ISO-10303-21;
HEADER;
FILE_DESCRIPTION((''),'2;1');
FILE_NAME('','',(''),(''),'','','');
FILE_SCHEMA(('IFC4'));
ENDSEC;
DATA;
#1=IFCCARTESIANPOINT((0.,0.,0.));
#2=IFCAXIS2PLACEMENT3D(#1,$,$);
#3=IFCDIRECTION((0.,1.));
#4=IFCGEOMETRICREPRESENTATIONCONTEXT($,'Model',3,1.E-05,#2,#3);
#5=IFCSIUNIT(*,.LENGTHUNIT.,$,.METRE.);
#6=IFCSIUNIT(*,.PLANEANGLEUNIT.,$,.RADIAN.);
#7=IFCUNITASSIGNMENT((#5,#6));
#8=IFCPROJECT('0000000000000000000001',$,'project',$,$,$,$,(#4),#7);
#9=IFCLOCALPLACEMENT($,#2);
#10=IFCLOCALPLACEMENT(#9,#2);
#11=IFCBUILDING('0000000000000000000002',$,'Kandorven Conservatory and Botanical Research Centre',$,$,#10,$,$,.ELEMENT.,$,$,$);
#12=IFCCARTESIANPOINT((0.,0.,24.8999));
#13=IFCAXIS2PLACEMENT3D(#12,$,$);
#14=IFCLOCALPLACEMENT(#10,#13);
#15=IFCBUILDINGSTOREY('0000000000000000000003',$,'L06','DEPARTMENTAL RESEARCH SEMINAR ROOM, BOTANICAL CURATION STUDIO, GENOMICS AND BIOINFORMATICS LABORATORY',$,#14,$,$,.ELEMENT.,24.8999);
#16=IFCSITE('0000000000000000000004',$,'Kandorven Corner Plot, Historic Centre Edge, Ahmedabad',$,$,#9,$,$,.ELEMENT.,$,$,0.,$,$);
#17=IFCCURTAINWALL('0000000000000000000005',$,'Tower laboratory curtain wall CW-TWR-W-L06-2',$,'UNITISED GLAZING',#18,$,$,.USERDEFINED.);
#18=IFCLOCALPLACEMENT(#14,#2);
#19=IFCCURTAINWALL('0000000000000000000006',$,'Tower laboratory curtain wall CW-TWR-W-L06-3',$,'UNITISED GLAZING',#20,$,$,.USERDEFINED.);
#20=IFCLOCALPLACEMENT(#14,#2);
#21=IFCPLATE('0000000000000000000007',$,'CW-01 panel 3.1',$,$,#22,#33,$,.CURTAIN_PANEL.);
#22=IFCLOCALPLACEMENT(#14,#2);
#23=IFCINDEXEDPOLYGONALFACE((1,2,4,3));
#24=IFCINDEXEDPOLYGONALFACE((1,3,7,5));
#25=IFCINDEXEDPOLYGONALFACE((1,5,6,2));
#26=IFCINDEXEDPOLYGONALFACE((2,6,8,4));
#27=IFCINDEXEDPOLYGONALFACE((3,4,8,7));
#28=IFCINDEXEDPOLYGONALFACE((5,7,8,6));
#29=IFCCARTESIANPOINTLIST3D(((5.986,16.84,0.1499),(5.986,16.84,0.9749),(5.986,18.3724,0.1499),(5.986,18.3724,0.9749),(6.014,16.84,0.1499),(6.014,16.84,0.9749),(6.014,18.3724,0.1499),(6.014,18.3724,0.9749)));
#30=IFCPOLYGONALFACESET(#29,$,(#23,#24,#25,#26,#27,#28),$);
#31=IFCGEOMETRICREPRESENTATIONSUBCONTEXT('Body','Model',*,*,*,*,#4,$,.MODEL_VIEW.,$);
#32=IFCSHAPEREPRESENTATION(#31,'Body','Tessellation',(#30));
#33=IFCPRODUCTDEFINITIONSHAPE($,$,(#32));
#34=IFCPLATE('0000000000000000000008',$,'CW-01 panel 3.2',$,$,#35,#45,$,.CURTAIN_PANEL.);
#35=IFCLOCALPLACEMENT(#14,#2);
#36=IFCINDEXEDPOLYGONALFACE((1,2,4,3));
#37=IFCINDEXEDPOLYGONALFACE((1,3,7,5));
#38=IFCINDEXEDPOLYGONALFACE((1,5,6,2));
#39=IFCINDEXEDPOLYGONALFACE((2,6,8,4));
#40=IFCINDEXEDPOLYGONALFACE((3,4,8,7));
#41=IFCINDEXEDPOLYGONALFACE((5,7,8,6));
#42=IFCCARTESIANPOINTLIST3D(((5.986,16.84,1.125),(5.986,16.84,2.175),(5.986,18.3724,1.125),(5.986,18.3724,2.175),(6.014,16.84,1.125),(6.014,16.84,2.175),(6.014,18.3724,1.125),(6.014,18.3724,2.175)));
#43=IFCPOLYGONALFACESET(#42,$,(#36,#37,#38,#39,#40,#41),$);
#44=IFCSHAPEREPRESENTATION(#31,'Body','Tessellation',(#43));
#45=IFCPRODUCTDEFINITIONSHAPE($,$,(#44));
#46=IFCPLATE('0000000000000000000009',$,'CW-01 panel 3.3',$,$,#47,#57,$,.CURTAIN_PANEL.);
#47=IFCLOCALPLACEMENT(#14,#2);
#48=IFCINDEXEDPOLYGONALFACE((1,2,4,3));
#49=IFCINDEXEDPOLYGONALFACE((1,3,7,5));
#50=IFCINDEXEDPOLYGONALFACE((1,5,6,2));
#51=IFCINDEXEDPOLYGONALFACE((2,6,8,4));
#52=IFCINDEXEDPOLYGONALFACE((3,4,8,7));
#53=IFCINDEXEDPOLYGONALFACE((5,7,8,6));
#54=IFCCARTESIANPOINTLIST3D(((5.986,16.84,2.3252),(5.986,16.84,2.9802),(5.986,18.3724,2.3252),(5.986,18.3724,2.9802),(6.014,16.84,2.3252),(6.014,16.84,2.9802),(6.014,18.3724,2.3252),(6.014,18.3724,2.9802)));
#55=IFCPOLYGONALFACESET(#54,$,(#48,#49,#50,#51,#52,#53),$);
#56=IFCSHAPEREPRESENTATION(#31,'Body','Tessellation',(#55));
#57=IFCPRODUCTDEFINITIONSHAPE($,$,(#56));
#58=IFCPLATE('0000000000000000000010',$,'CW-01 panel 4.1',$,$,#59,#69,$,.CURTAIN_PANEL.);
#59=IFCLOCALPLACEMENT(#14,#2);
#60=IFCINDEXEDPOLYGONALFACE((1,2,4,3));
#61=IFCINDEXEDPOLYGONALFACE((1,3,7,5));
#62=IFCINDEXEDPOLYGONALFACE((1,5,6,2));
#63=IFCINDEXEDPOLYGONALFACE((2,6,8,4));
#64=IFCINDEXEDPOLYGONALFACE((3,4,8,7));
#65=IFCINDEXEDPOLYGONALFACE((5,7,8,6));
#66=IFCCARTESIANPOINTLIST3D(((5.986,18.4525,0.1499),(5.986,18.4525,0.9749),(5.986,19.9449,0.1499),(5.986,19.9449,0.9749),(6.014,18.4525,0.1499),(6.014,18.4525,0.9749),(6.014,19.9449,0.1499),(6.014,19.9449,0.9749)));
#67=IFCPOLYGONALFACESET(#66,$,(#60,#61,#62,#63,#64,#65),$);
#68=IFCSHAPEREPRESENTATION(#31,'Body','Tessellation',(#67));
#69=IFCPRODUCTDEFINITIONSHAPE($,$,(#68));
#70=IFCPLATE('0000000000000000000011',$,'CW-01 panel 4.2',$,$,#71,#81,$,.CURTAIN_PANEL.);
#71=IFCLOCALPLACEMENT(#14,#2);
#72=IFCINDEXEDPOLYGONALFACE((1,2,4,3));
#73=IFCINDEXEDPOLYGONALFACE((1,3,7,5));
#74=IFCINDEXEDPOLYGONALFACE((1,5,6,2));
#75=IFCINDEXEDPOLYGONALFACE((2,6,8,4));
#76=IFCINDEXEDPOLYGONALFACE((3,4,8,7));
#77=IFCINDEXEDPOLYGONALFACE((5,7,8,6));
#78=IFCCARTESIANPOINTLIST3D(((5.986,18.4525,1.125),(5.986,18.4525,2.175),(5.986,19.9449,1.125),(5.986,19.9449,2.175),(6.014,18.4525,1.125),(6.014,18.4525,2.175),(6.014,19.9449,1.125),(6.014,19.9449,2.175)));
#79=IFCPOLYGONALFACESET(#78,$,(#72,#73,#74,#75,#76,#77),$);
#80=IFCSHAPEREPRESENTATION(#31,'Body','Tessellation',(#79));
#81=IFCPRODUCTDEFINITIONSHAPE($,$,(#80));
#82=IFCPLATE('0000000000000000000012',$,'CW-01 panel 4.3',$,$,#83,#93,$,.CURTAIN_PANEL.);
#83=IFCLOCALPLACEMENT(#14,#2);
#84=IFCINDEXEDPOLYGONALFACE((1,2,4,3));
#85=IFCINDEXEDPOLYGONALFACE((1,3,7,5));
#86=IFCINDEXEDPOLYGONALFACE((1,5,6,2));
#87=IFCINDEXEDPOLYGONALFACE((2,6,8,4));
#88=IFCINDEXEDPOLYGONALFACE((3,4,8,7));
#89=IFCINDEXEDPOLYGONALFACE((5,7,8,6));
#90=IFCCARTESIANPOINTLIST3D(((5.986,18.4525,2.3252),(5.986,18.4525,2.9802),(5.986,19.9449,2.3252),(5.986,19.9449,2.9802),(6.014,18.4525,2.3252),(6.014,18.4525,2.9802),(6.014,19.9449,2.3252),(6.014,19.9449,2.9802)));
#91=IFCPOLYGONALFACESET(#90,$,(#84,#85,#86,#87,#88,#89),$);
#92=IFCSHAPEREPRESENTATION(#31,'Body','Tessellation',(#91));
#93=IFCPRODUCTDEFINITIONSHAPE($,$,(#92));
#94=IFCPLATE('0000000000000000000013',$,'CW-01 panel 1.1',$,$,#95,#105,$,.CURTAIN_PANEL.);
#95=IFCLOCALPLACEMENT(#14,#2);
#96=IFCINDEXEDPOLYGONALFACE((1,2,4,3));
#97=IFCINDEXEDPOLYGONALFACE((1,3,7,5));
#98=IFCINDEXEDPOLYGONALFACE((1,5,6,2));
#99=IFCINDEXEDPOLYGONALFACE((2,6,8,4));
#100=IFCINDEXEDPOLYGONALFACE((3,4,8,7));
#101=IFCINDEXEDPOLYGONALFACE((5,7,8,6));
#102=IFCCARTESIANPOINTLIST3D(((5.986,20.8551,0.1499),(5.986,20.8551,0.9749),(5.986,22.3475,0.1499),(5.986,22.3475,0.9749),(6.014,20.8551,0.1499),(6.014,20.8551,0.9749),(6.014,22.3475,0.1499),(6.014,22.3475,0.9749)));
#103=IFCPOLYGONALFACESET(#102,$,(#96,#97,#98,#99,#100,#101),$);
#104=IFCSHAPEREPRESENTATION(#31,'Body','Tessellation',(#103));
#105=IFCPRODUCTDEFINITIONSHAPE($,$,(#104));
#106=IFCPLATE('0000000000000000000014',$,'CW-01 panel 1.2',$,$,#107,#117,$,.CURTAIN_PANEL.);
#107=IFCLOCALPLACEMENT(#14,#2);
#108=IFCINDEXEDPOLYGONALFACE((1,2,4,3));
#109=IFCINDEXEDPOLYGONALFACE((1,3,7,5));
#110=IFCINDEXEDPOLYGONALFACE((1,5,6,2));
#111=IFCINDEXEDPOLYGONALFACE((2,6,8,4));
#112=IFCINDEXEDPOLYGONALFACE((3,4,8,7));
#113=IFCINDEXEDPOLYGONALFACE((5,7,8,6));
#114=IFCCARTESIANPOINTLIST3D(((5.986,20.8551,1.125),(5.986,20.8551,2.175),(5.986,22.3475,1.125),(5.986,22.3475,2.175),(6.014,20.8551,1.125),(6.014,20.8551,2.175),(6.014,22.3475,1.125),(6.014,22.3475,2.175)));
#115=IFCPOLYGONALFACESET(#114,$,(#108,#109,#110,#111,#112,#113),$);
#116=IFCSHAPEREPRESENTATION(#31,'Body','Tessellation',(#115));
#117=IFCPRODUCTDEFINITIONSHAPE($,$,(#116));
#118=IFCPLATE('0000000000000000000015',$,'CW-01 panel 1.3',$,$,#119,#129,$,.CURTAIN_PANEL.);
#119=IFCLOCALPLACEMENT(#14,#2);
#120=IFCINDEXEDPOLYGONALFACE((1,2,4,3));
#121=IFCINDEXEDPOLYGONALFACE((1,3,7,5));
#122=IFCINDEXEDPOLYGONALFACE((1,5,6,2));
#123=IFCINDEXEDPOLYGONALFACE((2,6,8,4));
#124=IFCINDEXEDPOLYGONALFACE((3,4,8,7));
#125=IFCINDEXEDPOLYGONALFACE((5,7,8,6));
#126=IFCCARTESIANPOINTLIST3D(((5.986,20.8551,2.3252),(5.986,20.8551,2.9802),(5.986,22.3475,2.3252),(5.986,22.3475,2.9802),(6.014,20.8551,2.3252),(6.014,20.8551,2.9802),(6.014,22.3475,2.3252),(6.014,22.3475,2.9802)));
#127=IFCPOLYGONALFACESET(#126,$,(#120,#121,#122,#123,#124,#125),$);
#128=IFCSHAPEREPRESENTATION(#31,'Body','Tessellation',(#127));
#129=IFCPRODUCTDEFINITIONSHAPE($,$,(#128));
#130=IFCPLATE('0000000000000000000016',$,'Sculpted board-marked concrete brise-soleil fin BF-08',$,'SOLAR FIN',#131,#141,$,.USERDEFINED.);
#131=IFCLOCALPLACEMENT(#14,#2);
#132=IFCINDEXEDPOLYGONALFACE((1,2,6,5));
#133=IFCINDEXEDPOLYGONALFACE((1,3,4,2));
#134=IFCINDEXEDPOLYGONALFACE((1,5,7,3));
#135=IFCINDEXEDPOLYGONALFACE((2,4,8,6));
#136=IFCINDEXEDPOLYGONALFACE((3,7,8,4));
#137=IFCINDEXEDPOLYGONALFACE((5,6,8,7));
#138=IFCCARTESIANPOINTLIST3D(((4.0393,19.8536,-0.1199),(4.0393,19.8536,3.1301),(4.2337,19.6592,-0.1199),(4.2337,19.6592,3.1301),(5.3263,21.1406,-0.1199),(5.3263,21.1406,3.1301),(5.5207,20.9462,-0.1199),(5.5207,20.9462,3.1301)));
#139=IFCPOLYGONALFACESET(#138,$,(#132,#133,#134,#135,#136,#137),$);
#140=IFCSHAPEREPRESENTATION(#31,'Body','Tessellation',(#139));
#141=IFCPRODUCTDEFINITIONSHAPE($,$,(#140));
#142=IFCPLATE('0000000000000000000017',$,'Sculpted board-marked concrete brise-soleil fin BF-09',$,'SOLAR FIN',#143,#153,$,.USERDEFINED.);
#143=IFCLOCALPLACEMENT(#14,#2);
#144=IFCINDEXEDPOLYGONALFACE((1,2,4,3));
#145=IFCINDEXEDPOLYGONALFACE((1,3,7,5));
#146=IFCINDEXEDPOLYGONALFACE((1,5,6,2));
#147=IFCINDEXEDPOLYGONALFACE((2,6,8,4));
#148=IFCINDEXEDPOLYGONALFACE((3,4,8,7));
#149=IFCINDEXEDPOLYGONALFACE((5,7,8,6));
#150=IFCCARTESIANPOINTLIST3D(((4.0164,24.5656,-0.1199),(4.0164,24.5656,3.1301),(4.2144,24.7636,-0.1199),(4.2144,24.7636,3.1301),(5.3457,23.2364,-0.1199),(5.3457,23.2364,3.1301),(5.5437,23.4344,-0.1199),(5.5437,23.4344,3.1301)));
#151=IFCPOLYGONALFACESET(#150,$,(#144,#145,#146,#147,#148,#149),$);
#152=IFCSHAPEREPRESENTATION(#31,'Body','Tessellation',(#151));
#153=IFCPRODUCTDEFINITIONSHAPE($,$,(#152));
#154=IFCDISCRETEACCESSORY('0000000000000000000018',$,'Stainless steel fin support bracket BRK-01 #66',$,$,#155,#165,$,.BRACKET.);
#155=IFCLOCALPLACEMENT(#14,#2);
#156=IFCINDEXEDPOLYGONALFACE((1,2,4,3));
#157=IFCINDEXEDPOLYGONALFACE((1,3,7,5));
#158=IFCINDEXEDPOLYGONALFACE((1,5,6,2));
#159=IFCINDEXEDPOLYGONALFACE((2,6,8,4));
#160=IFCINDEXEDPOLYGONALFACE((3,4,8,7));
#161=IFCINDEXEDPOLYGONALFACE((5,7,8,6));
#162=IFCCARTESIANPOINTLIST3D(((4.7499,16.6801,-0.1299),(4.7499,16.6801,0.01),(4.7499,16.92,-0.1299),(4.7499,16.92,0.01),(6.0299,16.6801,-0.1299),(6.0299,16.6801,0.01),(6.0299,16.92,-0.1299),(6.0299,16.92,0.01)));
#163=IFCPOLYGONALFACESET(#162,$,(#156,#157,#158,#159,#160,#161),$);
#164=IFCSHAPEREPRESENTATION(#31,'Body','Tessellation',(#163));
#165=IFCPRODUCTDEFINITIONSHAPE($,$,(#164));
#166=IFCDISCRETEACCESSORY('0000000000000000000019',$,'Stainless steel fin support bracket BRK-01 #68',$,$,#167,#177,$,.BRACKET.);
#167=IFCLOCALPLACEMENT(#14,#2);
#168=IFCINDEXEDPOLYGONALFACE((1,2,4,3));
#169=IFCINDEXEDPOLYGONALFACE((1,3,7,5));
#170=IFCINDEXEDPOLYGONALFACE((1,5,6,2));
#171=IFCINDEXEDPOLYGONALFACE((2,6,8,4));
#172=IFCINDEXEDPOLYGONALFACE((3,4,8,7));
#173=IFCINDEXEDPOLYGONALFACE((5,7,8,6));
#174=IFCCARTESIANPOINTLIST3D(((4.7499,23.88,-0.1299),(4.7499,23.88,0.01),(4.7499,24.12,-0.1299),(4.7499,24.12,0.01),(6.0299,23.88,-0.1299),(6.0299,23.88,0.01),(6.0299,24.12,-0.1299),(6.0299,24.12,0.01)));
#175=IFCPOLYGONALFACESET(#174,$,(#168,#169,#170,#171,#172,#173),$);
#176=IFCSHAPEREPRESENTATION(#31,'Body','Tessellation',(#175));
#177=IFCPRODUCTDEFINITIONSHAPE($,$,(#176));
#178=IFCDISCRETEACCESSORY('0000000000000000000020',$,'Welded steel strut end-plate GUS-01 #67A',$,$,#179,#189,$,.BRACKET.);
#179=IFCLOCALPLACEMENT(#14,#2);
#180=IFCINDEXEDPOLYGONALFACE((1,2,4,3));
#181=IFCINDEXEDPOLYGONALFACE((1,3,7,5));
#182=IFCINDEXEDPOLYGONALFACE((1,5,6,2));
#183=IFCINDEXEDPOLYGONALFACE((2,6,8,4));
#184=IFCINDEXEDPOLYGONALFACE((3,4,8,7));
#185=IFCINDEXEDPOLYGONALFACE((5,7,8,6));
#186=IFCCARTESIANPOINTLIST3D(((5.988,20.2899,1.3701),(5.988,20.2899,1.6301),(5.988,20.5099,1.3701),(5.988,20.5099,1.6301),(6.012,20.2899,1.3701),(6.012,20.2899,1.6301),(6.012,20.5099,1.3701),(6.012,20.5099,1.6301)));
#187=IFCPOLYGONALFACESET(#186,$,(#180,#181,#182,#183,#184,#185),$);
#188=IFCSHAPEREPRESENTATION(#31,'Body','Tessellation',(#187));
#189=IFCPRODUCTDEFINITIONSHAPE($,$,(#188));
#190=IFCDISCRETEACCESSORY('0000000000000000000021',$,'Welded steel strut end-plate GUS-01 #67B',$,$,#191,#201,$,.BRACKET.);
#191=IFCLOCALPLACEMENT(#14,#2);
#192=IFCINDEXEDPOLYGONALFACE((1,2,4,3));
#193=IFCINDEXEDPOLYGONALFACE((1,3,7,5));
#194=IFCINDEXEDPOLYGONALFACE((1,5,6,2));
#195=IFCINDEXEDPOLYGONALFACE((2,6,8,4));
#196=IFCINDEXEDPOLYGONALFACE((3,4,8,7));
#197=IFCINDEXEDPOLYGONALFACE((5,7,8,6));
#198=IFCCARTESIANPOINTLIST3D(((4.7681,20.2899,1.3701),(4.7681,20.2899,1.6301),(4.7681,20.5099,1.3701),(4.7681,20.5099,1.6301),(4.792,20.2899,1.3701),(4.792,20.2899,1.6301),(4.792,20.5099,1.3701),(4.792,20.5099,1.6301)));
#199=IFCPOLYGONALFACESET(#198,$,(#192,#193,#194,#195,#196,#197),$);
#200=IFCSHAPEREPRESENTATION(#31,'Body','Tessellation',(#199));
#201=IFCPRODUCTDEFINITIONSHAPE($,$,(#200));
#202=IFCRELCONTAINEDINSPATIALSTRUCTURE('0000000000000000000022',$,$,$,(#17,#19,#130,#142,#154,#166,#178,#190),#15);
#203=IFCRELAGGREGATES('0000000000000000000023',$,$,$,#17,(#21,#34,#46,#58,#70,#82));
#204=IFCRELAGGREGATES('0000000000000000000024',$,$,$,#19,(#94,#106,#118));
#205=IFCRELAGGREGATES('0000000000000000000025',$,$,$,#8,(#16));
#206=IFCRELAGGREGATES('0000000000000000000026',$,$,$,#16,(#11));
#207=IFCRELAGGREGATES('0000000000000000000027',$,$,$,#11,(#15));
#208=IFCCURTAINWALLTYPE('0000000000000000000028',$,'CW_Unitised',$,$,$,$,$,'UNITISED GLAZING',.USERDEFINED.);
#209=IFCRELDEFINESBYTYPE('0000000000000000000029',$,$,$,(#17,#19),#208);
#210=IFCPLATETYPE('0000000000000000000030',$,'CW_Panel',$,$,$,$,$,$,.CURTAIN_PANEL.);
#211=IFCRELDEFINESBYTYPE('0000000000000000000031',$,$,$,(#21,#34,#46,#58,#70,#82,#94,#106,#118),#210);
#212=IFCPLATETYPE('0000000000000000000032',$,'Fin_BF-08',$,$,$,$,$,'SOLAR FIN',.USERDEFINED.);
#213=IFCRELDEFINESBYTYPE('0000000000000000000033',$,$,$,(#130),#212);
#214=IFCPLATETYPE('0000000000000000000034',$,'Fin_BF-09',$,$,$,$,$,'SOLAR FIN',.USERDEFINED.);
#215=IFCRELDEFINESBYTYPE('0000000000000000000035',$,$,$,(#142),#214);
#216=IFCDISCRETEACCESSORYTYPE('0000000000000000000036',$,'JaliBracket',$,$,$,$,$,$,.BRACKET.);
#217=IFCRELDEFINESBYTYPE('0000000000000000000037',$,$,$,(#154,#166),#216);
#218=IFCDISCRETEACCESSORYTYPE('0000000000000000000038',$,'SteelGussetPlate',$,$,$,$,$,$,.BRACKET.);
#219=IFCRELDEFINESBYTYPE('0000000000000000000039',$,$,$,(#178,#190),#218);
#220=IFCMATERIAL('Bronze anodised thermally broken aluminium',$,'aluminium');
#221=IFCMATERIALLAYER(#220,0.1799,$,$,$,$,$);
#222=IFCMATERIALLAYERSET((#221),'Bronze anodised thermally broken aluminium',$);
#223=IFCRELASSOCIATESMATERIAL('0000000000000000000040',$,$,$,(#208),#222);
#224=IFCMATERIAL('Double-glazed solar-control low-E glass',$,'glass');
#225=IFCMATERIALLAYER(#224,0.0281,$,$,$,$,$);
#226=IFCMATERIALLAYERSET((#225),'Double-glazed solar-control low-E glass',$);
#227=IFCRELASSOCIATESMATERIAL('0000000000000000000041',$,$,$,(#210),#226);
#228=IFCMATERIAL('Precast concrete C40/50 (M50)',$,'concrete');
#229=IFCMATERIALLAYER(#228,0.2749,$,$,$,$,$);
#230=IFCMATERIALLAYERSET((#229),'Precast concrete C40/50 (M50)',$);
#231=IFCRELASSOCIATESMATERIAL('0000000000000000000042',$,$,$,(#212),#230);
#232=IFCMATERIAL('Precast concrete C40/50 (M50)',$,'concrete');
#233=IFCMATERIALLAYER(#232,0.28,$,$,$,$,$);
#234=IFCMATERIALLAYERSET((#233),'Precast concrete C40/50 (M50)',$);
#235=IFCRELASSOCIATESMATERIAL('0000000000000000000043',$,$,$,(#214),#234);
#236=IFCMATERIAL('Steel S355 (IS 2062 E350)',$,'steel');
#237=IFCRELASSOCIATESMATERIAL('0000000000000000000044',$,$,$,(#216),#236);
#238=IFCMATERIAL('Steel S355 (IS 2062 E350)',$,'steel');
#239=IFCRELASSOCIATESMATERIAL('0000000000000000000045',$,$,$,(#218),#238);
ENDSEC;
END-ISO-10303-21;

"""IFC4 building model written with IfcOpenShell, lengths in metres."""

from ifc_helpers import new_model, si_unit, direction, frame, origin, origin_2d, place, context, subcontext, project, spatial, rectangle, extrude, material, layer, layer_set, type_object, element, aggregate, save


model = new_model("IFC4")

# Units and contexts
model_context = context("Model", 3, precision=1e-05, world=origin(), true_north=direction((0.0, 1.0)))
body_context = subcontext(model_context, "Body", "Model", "MODEL_VIEW")
ifc_project = project(units=[si_unit("LENGTHUNIT", "METRE"), si_unit("PLANEANGLEUNIT", "RADIAN")], contexts=[model_context])

# Site, building, storey
site_placement = place(None, origin())
site = spatial("IfcSite", under=ifc_project, at=site_placement, Name="Kandorven Corner Plot, Historic Centre Edge, Ahmedabad", CompositionType="ELEMENT", RefElevation=0.0)
building_placement = place(site_placement, origin())
building = spatial("IfcBuilding", under=site, at=building_placement, Name="Kandorven Conservatory and Botanical Research Centre", CompositionType="ELEMENT")
storey_placement = place(building_placement, frame((0.0, 0.0, 24.8999)))
storey = spatial("IfcBuildingStorey", under=building, at=storey_placement, Name="L06", Description="DEPARTMENTAL RESEARCH SEMINAR ROOM, BOTANICAL CURATION STUDIO, GENOMICS AND BIOINFORMATICS LABORATORY", CompositionType="ELEMENT", Elevation=24.8999)

# Curtain walls
ifc_material_1 = material(Name="Bronze anodised thermally broken aluminium", Category="aluminium")
ifc_layer_1 = layer(ifc_material_1, 0.1799)
ifc_layer_set_1 = layer_set([ifc_layer_1], Name="Bronze anodised thermally broken aluminium")
curtain_wall_type = type_object("IfcCurtainWallType", Name="CW_Unitised", ElementType="UNITISED GLAZING", PredefinedType="USERDEFINED", material=ifc_layer_set_1)
curtain_wall_1_placement = place(storey_placement, origin())
curtain_wall_1 = element("IfcCurtainWall", 1, at=curtain_wall_1_placement, inside=storey, type_object=curtain_wall_type, Name="Tower laboratory curtain wall CW-TWR-W-L06-2", ObjectType="UNITISED GLAZING", PredefinedType="USERDEFINED")
curtain_wall_2_placement = place(storey_placement, origin())
curtain_wall_2 = element("IfcCurtainWall", 2, at=curtain_wall_2_placement, inside=storey, type_object=curtain_wall_type, Name="Tower laboratory curtain wall CW-TWR-W-L06-3", ObjectType="UNITISED GLAZING", PredefinedType="USERDEFINED")

# Plates
ifc_material_2 = material(Name="Double-glazed solar-control low-E glass", Category="glass")
ifc_layer_2 = layer(ifc_material_2, 0.0281)
ifc_layer_set_2 = layer_set([ifc_layer_2], Name="Double-glazed solar-control low-E glass")
plate_type_1 = type_object("IfcPlateType", Name="CW_Panel", PredefinedType="CURTAIN_PANEL", material=ifc_layer_set_2)
plate_1_placement = place(storey_placement, frame((6.0, 17.6062, 0.1499), z_axis=(0.0, 0.0, 1.0), x_axis=(0.0, 1.0, 0.0)))
plate_1 = element("IfcPlate", 3, at=plate_1_placement, type_object=plate_type_1, Name="CW-01 panel 3.1", PredefinedType="CURTAIN_PANEL", context=body_context, shape_type="SweptSolid", body=[
    extrude(rectangle(XDim=1.5325, YDim=0.0281, at=origin_2d()), origin(), (0.0, 0.0, 1.0), 0.825),
])
plate_2_placement = place(storey_placement, frame((6.0, 17.6062, 1.125), z_axis=(0.0, 0.0, 1.0), x_axis=(0.0, 1.0, 0.0)))
plate_2 = element("IfcPlate", 4, at=plate_2_placement, type_object=plate_type_1, Name="CW-01 panel 3.2", PredefinedType="CURTAIN_PANEL", context=body_context, shape_type="SweptSolid", body=[
    extrude(rectangle(XDim=1.5325, YDim=0.0281, at=origin_2d()), origin(), (0.0, 0.0, 1.0), 1.05),
])
plate_3_placement = place(storey_placement, frame((6.0, 17.6062, 2.3252), z_axis=(0.0, 0.0, 1.0), x_axis=(0.0, 1.0, 0.0)))
plate_3 = element("IfcPlate", 5, at=plate_3_placement, type_object=plate_type_1, Name="CW-01 panel 3.3", PredefinedType="CURTAIN_PANEL", context=body_context, shape_type="SweptSolid", body=[
    extrude(rectangle(XDim=1.5325, YDim=0.0281, at=origin_2d()), origin(), (0.0, 0.0, 1.0), 0.655),
])
plate_4_placement = place(storey_placement, frame((6.0, 19.1987, 0.1499), z_axis=(0.0, 0.0, 1.0), x_axis=(0.0, 1.0, 0.0)))
plate_4 = element("IfcPlate", 6, at=plate_4_placement, type_object=plate_type_1, Name="CW-01 panel 4.1", PredefinedType="CURTAIN_PANEL", context=body_context, shape_type="SweptSolid", body=[
    extrude(rectangle(XDim=1.4924, YDim=0.0281, at=origin_2d()), origin(), (0.0, 0.0, 1.0), 0.825),
])
plate_5_placement = place(storey_placement, frame((6.0, 19.1987, 1.125), z_axis=(0.0, 0.0, 1.0), x_axis=(0.0, 1.0, 0.0)))
plate_5 = element("IfcPlate", 7, at=plate_5_placement, type_object=plate_type_1, Name="CW-01 panel 4.2", PredefinedType="CURTAIN_PANEL", context=body_context, shape_type="SweptSolid", body=[
    extrude(rectangle(XDim=1.4924, YDim=0.0281, at=origin_2d()), origin(), (0.0, 0.0, 1.0), 1.05),
])
plate_6_placement = place(storey_placement, frame((6.0, 19.1987, 2.3252), z_axis=(0.0, 0.0, 1.0), x_axis=(0.0, 1.0, 0.0)))
plate_6 = element("IfcPlate", 8, at=plate_6_placement, type_object=plate_type_1, Name="CW-01 panel 4.3", PredefinedType="CURTAIN_PANEL", context=body_context, shape_type="SweptSolid", body=[
    extrude(rectangle(XDim=1.4924, YDim=0.0281, at=origin_2d()), origin(), (0.0, 0.0, 1.0), 0.655),
])
aggregate(curtain_wall_1, [plate_1, plate_2, plate_3, plate_4, plate_5, plate_6])
plate_7_placement = place(storey_placement, frame((6.0, 21.6013, 0.1499), z_axis=(0.0, 0.0, 1.0), x_axis=(0.0, 1.0, 0.0)))
plate_7 = element("IfcPlate", 9, at=plate_7_placement, type_object=plate_type_1, Name="CW-01 panel 1.1", PredefinedType="CURTAIN_PANEL", context=body_context, shape_type="SweptSolid", body=[
    extrude(rectangle(XDim=1.4924, YDim=0.0281, at=origin_2d()), origin(), (0.0, 0.0, 1.0), 0.825),
])
plate_8_placement = place(storey_placement, frame((6.0, 21.6013, 1.125), z_axis=(0.0, 0.0, 1.0), x_axis=(0.0, 1.0, 0.0)))
plate_8 = element("IfcPlate", 10, at=plate_8_placement, type_object=plate_type_1, Name="CW-01 panel 1.2", PredefinedType="CURTAIN_PANEL", context=body_context, shape_type="SweptSolid", body=[
    extrude(rectangle(XDim=1.4924, YDim=0.0281, at=origin_2d()), origin(), (0.0, 0.0, 1.0), 1.05),
])
plate_9_placement = place(storey_placement, frame((6.0, 21.6013, 2.3252), z_axis=(0.0, 0.0, 1.0), x_axis=(0.0, 1.0, 0.0)))
plate_9 = element("IfcPlate", 11, at=plate_9_placement, type_object=plate_type_1, Name="CW-01 panel 1.3", PredefinedType="CURTAIN_PANEL", context=body_context, shape_type="SweptSolid", body=[
    extrude(rectangle(XDim=1.4924, YDim=0.0281, at=origin_2d()), origin(), (0.0, 0.0, 1.0), 0.655),
])
aggregate(curtain_wall_2, [plate_7, plate_8, plate_9])

# Plates
ifc_material_3 = material(Name="Precast concrete C40/50 (M50)", Category="concrete")
ifc_layer_3 = layer(ifc_material_3, 0.2749)
ifc_layer_set_3 = layer_set([ifc_layer_3], Name="Precast concrete C40/50 (M50)")
plate_type_2 = type_object("IfcPlateType", Name="Fin_BF-08", ElementType="SOLAR FIN", PredefinedType="USERDEFINED", material=ifc_layer_set_3)
plate_10_placement = place(storey_placement, frame((4.78, 20.3999, -0.1199), z_axis=(0.0, 0.0, 1.0), x_axis=(0.707107, 0.707107, 0.0)))
element("IfcPlate", 12, at=plate_10_placement, inside=storey, type_object=plate_type_2, Name="Sculpted board-marked concrete brise-soleil fin BF-08", ObjectType="SOLAR FIN", PredefinedType="USERDEFINED", context=body_context, shape_type="SweptSolid", body=[
    extrude(rectangle(XDim=1.8201, YDim=0.2749, at=origin_2d()), origin(), (0.0, 0.0, 1.0), 3.25),
])
ifc_material_4 = material(Name="Precast concrete C40/50 (M50)", Category="concrete")
ifc_layer_4 = layer(ifc_material_4, 0.28)
ifc_layer_set_4 = layer_set([ifc_layer_4], Name="Precast concrete C40/50 (M50)")
plate_type_3 = type_object("IfcPlateType", Name="Fin_BF-09", ElementType="SOLAR FIN", PredefinedType="USERDEFINED", material=ifc_layer_set_4)
plate_11_placement = place(storey_placement, frame((4.78, 24.0, -0.1199), z_axis=(0.0, 0.0, 1.0), x_axis=(-0.707107, 0.707107, 0.0)))
element("IfcPlate", 13, at=plate_11_placement, inside=storey, type_object=plate_type_3, Name="Sculpted board-marked concrete brise-soleil fin BF-09", ObjectType="SOLAR FIN", PredefinedType="USERDEFINED", context=body_context, shape_type="SweptSolid", body=[
    extrude(rectangle(XDim=1.8799, YDim=0.28, at=origin_2d()), origin(), (0.0, 0.0, 1.0), 3.25),
])

# Discrete accessories
ifc_material_5 = material(Name="Steel S355 (IS 2062 E350)", Category="steel")
discrete_accessory_type_1 = type_object("IfcDiscreteAccessoryType", Name="JaliBracket", PredefinedType="BRACKET", material=ifc_material_5)
for number, where, z_axis, x_axis, name in (
    (14, (5.3899, 16.8, -0.1299), (0.0, 0.0, 1.0), (1.0, 0.0, 0.0), "Stainless steel fin support bracket BRK-01 #66"),
    (15, (5.3899, 24.0, -0.1299), (0.0, 0.0, 1.0), (1.0, 0.0, 0.0), "Stainless steel fin support bracket BRK-01 #68"),
):
    element("IfcDiscreteAccessory", number, at=place(storey_placement, frame(where, z_axis=z_axis, x_axis=x_axis)), inside=storey, type_object=discrete_accessory_type_1, Name=name, PredefinedType="BRACKET", context=body_context, shape_type="SweptSolid", body=[
        extrude(rectangle(XDim=1.28, YDim=0.24, at=origin_2d()), origin(), (0.0, 0.0, 1.0), 0.1399),
    ])
ifc_material_6 = material(Name="Steel S355 (IS 2062 E350)", Category="steel")
discrete_accessory_type_2 = type_object("IfcDiscreteAccessoryType", Name="SteelGussetPlate", PredefinedType="BRACKET", material=ifc_material_6)
for number, where, z_axis, x_axis, name in (
    (16, (6.0, 20.3999, 1.3701), (0.0, 0.0, 1.0), (1.0, 0.0, 0.0), "Welded steel strut end-plate GUS-01 #67A"),
    (17, (4.78, 20.3999, 1.3701), (0.0, 0.0, 1.0), (1.0, 0.0, 0.0), "Welded steel strut end-plate GUS-01 #67B"),
):
    element("IfcDiscreteAccessory", number, at=place(storey_placement, frame(where, z_axis=z_axis, x_axis=x_axis)), inside=storey, type_object=discrete_accessory_type_2, Name=name, PredefinedType="BRACKET", context=body_context, shape_type="SweptSolid", body=[
        extrude(rectangle(XDim=0.0239, YDim=0.22, at=origin_2d()), origin(), (0.0, 0.0, 1.0), 0.26),
    ])

save(model, "model.ifc")
